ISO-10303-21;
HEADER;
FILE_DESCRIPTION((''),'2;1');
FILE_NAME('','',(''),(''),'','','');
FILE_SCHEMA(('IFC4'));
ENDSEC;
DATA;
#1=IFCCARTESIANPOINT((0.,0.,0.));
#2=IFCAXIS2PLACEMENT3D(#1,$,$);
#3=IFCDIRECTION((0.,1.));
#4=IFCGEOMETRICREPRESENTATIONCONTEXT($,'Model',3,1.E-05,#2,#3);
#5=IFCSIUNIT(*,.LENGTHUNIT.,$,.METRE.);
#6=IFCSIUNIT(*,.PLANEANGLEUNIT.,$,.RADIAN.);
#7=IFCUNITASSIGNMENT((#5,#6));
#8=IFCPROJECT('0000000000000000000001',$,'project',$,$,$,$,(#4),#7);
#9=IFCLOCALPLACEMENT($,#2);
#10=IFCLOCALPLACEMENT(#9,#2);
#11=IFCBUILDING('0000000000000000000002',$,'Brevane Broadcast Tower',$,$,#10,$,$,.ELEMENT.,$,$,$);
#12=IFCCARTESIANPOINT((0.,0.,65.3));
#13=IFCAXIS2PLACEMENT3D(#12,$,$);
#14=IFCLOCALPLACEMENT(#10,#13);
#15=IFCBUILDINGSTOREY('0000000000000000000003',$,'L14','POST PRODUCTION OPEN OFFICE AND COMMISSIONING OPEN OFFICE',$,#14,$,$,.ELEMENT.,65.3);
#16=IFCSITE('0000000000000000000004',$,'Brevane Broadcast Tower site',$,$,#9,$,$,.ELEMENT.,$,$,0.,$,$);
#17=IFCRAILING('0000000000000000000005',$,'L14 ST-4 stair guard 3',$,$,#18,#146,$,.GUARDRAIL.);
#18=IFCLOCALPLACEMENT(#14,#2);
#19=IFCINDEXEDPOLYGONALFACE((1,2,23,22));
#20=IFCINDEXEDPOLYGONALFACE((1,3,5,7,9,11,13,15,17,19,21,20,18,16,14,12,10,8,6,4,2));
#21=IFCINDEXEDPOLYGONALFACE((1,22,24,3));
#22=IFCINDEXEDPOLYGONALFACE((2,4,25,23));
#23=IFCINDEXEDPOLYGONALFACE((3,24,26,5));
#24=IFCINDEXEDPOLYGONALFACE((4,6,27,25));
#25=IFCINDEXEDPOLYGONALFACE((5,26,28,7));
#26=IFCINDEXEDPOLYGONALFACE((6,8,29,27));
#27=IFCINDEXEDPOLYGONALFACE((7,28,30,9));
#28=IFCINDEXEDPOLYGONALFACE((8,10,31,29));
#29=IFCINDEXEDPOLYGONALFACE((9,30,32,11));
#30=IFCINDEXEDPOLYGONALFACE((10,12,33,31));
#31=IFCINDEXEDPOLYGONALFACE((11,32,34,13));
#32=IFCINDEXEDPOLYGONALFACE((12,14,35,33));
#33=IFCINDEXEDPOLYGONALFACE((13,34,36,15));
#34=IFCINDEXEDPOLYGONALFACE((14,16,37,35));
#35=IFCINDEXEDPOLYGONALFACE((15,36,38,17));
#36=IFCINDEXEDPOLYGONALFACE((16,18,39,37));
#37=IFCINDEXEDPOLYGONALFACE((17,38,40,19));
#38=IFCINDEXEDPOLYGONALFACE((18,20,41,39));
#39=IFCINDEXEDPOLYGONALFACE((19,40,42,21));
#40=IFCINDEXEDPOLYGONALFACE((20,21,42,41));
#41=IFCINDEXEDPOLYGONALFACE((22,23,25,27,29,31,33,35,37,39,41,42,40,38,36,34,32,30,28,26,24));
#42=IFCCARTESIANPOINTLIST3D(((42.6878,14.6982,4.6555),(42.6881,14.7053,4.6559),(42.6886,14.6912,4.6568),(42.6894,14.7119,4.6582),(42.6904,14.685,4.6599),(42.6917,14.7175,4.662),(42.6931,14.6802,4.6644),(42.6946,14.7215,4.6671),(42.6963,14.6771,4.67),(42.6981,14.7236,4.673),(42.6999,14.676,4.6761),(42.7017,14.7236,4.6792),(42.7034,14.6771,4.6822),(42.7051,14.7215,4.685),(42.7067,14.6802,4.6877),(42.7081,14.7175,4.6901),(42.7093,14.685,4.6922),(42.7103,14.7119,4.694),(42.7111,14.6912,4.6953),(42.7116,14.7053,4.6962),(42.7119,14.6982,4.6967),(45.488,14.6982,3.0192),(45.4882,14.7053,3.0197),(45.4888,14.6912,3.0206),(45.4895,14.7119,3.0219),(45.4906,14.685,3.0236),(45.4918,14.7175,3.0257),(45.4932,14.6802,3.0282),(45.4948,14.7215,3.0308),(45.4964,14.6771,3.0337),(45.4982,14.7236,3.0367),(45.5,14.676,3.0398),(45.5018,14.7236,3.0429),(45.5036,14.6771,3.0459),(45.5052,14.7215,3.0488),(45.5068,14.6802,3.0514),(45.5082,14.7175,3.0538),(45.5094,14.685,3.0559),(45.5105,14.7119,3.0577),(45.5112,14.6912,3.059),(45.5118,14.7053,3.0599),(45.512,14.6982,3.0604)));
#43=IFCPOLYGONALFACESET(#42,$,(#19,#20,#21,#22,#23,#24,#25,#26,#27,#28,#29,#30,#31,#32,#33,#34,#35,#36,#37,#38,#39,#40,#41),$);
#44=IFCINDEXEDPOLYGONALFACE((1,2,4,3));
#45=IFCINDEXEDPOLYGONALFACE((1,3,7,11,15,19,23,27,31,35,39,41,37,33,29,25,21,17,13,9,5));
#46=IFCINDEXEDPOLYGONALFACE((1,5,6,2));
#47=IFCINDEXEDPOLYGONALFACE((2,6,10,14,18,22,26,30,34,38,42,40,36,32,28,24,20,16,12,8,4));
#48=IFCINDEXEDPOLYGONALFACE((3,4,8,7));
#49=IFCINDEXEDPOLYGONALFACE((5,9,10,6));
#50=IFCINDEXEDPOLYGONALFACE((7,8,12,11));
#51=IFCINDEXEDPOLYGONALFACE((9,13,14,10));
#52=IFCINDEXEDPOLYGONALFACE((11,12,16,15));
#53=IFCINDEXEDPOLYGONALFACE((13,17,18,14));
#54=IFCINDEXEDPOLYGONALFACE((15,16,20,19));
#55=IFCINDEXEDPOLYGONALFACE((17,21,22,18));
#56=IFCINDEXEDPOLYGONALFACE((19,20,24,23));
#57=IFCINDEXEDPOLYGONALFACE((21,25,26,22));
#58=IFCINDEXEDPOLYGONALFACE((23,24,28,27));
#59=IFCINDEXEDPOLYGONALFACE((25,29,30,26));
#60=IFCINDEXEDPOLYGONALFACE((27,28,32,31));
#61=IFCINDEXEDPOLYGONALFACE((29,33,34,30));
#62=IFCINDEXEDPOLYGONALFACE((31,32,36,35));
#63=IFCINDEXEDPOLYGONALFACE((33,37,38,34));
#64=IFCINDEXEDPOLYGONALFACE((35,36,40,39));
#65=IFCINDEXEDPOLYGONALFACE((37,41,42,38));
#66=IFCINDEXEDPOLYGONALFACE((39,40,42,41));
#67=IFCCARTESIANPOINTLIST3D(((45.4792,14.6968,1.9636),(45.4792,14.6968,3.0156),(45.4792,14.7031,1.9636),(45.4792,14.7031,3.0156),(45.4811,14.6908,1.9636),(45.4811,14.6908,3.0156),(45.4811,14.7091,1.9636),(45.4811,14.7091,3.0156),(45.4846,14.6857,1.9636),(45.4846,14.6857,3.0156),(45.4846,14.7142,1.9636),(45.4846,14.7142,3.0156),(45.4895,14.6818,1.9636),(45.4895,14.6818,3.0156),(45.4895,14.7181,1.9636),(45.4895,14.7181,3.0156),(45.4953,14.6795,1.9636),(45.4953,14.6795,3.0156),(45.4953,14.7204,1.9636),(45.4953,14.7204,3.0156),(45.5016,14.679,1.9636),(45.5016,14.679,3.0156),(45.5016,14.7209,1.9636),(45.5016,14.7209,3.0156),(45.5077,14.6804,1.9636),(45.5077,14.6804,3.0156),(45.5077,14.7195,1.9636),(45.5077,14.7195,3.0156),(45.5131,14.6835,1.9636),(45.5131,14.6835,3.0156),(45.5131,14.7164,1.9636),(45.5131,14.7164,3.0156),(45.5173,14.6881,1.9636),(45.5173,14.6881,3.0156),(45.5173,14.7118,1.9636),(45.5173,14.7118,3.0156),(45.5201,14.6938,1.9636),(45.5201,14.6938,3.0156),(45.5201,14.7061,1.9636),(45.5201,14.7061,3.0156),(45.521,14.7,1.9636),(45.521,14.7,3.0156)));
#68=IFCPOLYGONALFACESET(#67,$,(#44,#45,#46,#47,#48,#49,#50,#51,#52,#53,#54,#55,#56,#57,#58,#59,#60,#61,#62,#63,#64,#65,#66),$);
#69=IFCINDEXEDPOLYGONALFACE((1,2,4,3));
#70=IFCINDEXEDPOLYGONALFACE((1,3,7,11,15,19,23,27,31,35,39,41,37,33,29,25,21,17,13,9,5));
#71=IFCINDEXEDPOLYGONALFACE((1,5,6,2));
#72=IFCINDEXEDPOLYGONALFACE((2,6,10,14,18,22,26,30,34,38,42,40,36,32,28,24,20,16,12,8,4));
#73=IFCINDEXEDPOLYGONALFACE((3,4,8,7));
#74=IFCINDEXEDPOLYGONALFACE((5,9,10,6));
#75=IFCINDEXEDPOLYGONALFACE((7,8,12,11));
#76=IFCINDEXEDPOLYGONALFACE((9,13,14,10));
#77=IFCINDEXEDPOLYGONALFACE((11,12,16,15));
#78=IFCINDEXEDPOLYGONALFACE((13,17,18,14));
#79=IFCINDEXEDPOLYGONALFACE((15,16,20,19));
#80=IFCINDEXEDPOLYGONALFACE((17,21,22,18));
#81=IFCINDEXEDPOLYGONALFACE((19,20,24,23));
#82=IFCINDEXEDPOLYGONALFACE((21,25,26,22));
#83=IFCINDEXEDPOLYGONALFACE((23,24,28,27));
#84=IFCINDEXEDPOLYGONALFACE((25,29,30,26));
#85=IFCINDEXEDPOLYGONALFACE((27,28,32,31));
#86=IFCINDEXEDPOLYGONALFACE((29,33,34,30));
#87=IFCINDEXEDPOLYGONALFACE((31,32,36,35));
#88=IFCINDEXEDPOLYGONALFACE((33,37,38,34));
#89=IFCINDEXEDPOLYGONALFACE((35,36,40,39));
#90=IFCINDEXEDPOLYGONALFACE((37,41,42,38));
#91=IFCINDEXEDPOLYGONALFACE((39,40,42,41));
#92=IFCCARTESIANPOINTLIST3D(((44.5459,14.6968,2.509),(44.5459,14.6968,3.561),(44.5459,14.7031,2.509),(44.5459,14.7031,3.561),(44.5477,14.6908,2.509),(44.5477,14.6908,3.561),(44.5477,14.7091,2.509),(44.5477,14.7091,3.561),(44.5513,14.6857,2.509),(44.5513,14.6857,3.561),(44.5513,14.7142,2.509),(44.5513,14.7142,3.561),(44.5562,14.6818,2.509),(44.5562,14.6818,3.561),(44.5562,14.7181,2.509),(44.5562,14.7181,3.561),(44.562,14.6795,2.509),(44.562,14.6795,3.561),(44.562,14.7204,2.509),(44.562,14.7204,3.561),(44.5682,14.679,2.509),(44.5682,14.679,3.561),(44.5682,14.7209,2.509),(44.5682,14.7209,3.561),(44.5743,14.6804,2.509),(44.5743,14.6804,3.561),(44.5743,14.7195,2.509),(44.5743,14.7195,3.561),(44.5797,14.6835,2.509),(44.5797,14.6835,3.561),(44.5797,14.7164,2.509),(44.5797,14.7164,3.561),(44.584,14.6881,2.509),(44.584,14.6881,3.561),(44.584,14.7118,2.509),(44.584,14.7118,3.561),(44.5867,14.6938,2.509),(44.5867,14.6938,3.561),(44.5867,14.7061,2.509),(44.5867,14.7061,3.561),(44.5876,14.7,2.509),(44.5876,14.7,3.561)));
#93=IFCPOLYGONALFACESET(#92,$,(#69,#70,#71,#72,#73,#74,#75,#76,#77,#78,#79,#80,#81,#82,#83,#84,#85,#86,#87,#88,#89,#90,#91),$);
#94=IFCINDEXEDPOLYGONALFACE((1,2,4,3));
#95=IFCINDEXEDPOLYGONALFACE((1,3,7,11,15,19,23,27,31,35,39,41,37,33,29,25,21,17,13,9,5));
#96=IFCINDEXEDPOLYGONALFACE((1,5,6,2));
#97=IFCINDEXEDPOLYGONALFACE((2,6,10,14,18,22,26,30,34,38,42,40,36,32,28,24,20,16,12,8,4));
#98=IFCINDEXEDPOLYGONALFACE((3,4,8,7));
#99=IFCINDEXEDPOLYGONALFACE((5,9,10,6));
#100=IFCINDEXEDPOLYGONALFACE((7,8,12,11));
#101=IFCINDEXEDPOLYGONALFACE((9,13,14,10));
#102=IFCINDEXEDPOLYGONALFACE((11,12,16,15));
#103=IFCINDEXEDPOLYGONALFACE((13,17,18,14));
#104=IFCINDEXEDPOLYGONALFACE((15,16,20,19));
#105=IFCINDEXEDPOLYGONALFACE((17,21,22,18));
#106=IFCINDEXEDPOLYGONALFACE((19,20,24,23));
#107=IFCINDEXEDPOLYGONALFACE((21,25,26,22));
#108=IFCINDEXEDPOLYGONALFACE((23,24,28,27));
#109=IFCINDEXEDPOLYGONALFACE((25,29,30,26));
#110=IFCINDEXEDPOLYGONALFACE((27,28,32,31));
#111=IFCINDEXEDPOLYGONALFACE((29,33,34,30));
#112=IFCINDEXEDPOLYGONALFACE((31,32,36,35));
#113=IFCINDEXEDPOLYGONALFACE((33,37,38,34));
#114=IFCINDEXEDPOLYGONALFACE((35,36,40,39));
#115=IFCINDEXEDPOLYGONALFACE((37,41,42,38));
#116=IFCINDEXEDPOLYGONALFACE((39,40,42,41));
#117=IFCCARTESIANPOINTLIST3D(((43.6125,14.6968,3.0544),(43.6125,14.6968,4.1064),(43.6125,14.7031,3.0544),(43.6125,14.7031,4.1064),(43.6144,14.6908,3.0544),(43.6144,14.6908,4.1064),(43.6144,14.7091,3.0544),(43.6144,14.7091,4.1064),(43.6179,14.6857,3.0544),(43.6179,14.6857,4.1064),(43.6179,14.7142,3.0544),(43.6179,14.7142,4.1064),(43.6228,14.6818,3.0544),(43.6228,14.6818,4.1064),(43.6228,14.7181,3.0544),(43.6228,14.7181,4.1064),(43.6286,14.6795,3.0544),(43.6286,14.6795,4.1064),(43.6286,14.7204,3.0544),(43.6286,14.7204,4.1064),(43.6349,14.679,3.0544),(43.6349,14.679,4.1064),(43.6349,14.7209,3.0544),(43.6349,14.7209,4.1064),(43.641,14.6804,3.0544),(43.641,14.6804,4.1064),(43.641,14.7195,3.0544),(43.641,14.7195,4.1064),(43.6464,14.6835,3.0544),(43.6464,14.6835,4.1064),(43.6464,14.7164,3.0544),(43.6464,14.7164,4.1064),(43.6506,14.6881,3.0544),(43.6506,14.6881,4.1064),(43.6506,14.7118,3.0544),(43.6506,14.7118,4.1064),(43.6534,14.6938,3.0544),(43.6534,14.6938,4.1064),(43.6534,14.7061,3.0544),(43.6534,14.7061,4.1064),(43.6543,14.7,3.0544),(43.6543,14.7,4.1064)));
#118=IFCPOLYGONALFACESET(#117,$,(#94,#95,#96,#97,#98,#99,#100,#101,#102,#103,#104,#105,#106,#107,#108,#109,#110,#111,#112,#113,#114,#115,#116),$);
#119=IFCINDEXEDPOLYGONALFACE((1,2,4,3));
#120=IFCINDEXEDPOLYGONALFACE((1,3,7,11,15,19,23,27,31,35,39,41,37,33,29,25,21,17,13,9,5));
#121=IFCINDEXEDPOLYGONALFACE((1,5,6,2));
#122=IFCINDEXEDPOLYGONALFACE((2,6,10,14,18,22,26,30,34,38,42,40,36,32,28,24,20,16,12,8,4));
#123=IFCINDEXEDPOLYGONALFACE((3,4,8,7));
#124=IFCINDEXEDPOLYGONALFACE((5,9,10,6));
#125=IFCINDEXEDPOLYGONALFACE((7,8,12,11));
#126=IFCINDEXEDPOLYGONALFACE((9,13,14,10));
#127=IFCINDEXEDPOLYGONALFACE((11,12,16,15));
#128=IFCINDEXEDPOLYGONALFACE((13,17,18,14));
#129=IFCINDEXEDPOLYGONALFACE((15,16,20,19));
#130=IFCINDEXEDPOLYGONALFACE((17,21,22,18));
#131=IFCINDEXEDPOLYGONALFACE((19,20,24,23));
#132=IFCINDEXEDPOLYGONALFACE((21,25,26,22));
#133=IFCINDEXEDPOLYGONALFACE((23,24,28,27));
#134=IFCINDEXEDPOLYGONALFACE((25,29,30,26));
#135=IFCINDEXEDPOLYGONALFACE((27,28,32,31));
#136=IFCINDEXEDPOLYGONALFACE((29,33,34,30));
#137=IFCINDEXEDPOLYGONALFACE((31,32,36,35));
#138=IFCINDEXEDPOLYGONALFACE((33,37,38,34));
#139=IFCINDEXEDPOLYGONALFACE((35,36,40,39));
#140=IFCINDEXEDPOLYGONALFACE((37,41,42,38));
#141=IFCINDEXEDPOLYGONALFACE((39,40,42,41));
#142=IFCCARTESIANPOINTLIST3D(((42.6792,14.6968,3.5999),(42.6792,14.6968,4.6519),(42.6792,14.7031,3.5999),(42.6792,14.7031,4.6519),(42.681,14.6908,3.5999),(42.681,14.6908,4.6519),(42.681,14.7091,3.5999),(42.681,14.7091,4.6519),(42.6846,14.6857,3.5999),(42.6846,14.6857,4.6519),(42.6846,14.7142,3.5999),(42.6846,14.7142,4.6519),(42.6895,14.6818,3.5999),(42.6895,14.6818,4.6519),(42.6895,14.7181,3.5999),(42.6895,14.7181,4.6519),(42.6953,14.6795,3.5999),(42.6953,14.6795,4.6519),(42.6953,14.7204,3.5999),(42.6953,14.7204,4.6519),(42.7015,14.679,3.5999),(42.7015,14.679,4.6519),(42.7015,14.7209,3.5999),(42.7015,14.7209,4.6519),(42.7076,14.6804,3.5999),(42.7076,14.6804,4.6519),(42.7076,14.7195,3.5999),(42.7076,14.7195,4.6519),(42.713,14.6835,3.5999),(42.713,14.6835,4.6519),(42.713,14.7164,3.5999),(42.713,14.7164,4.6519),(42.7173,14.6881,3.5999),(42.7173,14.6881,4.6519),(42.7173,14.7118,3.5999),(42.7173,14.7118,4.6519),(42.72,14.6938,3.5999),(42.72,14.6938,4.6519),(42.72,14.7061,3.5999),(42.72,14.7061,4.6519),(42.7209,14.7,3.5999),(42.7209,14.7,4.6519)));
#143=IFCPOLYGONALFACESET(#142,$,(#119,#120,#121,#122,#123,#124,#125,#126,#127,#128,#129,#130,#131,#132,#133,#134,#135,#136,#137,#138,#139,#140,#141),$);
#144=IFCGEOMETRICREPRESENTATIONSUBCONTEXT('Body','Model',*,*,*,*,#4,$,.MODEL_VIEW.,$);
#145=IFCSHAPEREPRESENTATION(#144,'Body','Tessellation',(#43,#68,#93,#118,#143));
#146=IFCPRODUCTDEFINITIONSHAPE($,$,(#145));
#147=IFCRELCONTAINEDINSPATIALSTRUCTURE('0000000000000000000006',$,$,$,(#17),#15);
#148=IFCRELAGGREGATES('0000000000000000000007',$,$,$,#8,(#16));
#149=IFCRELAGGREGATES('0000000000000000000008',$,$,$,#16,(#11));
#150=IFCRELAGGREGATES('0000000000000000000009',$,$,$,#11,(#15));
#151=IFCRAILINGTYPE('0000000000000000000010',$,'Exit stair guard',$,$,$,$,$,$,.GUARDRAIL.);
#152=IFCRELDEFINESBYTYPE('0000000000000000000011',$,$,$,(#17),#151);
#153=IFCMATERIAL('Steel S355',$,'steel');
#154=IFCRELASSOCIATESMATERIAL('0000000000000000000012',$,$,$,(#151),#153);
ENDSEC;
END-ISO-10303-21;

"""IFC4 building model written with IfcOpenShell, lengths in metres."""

from ifc_helpers import new_model, si_unit, direction, frame, origin, origin_2d, place, context, subcontext, project, spatial, circle, extrude, material, type_object, element, save


model = new_model("IFC4")

# Units and contexts
model_context = context("Model", 3, precision=1e-05, world=origin(), true_north=direction((0.0, 1.0)))
body_context = subcontext(model_context, "Body", "Model", "MODEL_VIEW")
ifc_project = project(units=[si_unit("LENGTHUNIT", "METRE"), si_unit("PLANEANGLEUNIT", "RADIAN")], contexts=[model_context])

# Site, building, storey
site_placement = place(None, origin())
site = spatial("IfcSite", under=ifc_project, at=site_placement, Name="Brevane Broadcast Tower site", CompositionType="ELEMENT", RefElevation=0.0)
building_placement = place(site_placement, origin())
building = spatial("IfcBuilding", under=site, at=building_placement, Name="Brevane Broadcast Tower", CompositionType="ELEMENT")
storey_placement = place(building_placement, frame((0.0, 0.0, 65.3)))
storey = spatial("IfcBuildingStorey", under=building, at=storey_placement, Name="L14", Description="POST PRODUCTION OPEN OFFICE AND COMMISSIONING OPEN OFFICE", CompositionType="ELEMENT", Elevation=65.3)

# Railing
ifc_material_1 = material(Name="Steel S355", Category="steel")
railing_type_1 = type_object("IfcRailingType", Name="Exit stair guard", PredefinedType="GUARDRAIL", material=ifc_material_1)
railing_1_placement = place(storey_placement, frame((45.5, 14.7, 1.9636)))
element("IfcRailing", 1, at=railing_1_placement, inside=storey, type_object=railing_type_1, Name="L14 ST-4 stair guard 3", PredefinedType="GUARDRAIL", context=body_context, shape_type="SweptSolid", body=[
    extrude(circle(Radius=0.0239, at=origin_2d()), frame((0.0, 0.0, 1.0762), z_axis=(-0.863394, 0.0, 0.504531), x_axis=(0.0, -1.0, 0.0)), (0.0, 0.0, 1.0), 3.2432),
    extrude(circle(Radius=0.021, at=origin_2d()), origin(), (0.0, 0.0, 1.0), 1.052),
    extrude(circle(Radius=0.021, at=origin_2d()), frame((-0.9333, 0.0, 0.5454)), (0.0, 0.0, 1.0), 1.052),
    extrude(circle(Radius=0.021, at=origin_2d()), frame((-1.8667, 0.0, 1.0908)), (0.0, 0.0, 1.0), 1.052),
    extrude(circle(Radius=0.021, at=origin_2d()), frame((-2.8, 0.0, 1.6362)), (0.0, 0.0, 1.0), 1.052),
])

save(model, "model.ifc")
